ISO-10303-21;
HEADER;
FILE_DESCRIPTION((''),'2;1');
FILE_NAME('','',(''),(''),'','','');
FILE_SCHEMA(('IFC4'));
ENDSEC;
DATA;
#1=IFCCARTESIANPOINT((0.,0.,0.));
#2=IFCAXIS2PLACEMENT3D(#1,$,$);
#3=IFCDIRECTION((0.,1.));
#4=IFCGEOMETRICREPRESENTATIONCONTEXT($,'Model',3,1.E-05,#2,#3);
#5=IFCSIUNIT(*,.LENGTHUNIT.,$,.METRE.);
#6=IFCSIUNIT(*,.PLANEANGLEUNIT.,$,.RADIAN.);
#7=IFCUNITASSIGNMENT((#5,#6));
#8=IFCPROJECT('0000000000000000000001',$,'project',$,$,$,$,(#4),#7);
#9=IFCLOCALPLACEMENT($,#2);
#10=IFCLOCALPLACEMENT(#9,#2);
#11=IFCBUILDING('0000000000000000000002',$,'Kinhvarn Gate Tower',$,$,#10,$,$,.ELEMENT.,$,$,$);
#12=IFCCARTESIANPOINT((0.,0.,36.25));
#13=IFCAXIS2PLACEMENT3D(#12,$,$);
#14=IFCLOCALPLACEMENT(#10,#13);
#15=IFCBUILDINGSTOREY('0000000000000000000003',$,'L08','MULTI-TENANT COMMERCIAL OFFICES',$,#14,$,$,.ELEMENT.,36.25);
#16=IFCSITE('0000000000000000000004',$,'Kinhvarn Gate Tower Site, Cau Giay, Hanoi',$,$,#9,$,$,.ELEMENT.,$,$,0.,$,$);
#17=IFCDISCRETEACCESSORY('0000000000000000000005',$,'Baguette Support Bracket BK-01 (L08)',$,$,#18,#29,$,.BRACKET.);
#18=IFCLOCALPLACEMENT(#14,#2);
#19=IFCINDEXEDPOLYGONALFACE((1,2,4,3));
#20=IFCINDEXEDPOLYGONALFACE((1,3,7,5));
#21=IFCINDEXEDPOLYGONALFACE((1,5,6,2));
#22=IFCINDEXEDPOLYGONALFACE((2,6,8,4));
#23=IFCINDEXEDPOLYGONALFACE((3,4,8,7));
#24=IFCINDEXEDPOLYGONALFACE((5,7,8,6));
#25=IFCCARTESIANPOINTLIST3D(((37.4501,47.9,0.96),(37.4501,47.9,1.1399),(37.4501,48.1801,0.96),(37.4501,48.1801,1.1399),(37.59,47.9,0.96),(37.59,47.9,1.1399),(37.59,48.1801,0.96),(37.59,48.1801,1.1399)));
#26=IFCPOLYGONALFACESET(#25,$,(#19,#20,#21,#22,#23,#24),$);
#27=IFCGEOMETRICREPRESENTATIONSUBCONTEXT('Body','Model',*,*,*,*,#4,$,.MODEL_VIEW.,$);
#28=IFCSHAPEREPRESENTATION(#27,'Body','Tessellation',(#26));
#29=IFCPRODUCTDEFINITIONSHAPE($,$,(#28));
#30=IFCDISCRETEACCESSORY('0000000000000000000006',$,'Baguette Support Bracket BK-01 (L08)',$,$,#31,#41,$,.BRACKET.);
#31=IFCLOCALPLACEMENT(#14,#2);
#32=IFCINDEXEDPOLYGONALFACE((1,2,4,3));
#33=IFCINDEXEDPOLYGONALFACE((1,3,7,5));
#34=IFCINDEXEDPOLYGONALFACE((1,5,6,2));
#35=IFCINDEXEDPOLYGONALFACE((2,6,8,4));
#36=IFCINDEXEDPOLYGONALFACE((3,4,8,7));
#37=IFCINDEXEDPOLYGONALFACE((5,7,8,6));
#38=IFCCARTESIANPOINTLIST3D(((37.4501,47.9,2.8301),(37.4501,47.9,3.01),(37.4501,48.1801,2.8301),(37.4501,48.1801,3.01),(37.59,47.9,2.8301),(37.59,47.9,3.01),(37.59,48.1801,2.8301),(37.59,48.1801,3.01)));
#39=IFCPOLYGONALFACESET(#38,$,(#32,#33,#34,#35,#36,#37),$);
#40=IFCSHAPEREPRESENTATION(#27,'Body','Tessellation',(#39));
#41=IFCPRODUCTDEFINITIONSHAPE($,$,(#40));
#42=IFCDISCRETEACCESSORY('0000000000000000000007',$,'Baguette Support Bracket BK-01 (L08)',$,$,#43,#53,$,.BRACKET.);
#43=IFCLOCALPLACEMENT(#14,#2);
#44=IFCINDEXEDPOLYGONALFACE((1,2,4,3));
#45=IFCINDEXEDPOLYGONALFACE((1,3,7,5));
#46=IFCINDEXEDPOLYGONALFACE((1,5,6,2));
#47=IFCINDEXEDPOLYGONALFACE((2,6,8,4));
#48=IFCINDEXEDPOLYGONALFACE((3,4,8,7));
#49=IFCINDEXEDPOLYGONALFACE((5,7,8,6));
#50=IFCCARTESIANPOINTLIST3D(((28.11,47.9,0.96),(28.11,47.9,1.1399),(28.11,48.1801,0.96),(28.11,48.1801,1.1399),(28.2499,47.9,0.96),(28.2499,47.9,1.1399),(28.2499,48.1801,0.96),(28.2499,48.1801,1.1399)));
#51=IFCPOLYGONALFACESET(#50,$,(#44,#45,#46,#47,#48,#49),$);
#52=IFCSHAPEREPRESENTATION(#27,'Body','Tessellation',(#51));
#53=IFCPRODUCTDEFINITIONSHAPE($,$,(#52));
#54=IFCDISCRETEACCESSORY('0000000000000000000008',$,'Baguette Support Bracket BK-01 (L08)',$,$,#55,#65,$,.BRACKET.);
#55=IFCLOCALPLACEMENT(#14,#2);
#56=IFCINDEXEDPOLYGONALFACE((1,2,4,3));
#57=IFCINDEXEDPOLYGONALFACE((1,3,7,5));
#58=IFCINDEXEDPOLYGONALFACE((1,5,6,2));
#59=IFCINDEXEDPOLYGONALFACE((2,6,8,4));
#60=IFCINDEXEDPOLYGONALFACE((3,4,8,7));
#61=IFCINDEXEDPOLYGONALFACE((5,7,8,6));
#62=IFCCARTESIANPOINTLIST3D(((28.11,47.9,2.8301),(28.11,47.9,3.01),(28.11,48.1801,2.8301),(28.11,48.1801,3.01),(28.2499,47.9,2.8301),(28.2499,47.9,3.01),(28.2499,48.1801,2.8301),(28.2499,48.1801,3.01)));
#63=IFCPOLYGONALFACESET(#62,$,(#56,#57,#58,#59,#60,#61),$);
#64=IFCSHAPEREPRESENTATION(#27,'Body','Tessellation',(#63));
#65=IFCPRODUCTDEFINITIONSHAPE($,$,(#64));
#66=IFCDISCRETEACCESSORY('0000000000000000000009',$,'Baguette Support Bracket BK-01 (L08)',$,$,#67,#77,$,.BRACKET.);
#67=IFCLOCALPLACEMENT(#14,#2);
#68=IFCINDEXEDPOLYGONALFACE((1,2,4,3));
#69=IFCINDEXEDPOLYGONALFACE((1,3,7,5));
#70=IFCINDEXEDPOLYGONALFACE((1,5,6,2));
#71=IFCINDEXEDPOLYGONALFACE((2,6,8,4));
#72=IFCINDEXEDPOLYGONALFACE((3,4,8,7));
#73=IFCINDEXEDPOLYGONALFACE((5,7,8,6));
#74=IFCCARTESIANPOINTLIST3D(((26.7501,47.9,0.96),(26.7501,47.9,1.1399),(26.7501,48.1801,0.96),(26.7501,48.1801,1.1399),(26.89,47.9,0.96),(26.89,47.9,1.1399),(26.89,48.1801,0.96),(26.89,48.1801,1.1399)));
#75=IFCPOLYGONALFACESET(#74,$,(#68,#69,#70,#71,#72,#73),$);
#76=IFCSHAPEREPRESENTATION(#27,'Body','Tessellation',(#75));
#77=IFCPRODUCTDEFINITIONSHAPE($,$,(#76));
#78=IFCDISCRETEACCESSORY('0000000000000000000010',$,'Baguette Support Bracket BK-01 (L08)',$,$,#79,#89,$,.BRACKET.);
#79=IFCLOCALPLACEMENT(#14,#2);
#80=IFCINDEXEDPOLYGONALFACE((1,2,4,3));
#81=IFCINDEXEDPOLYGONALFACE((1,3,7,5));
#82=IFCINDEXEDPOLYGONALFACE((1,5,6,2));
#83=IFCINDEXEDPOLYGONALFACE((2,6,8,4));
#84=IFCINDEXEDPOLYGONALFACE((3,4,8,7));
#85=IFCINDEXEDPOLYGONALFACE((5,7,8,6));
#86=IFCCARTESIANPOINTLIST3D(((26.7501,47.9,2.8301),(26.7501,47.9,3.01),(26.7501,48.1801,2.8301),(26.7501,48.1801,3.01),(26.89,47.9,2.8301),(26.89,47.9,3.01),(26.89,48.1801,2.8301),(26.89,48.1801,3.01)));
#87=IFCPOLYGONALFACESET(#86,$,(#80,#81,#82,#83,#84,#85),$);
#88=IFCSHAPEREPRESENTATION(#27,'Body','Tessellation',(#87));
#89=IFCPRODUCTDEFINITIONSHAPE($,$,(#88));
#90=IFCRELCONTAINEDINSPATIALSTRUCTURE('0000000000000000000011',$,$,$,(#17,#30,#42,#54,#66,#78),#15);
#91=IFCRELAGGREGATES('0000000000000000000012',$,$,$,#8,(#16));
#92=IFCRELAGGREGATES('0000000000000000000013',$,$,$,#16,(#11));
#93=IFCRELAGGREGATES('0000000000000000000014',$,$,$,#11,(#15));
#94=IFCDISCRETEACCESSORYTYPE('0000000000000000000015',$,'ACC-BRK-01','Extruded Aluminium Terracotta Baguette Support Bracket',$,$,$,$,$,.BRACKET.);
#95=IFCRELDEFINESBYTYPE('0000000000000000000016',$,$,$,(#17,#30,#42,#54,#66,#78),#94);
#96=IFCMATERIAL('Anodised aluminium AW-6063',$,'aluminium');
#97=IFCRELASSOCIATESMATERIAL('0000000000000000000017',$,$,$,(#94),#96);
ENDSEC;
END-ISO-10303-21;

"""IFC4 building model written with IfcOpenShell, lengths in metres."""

from ifc_helpers import new_model, si_unit, direction, frame, origin, origin_2d, place, context, subcontext, project, spatial, rectangle, extrude, material, type_object, element, save


model = new_model("IFC4")

# Units and contexts
model_context = context("Model", 3, precision=1e-05, world=origin(), true_north=direction((0.0, 1.0)))
body_context = subcontext(model_context, "Body", "Model", "MODEL_VIEW")
ifc_project = project(units=[si_unit("LENGTHUNIT", "METRE"), si_unit("PLANEANGLEUNIT", "RADIAN")], contexts=[model_context])

# Site, building, storey
site_placement = place(None, origin())
site = spatial("IfcSite", under=ifc_project, at=site_placement, Name="Kinhvarn Gate Tower Site, Cau Giay, Hanoi", CompositionType="ELEMENT", RefElevation=0.0)
building_placement = place(site_placement, origin())
building = spatial("IfcBuilding", under=site, at=building_placement, Name="Kinhvarn Gate Tower", CompositionType="ELEMENT")
storey_placement = place(building_placement, frame((0.0, 0.0, 36.25)))
storey = spatial("IfcBuildingStorey", under=building, at=storey_placement, Name="L08", Description="MULTI-TENANT COMMERCIAL OFFICES", CompositionType="ELEMENT", Elevation=36.25)

# Shared definitions
ifc_material_1 = material(Name="Anodised aluminium AW-6063", Category="aluminium")

# Discrete accessories
discrete_accessory_type = type_object("IfcDiscreteAccessoryType", Name="ACC-BRK-01", Description="Extruded Aluminium Terracotta Baguette Support Bracket", PredefinedType="BRACKET", material=ifc_material_1)
for number, where, z_axis, x_axis, name in (
    (1, (37.52, 48.04, 0.96), (0.0, 0.0, 1.0), (-1.0, 0.0, 0.0), "Baguette Support Bracket BK-01 (L08)"),
    (2, (37.52, 48.04, 2.8301), (0.0, 0.0, 1.0), (-1.0, 0.0, 0.0), "Baguette Support Bracket BK-01 (L08)"),
    (3, (28.1799, 48.04, 0.96), (0.0, 0.0, 1.0), (-1.0, 0.0, 0.0), "Baguette Support Bracket BK-01 (L08)"),
    (4, (28.1799, 48.04, 2.8301), (0.0, 0.0, 1.0), (-1.0, 0.0, 0.0), "Baguette Support Bracket BK-01 (L08)"),
    (5, (26.8201, 48.04, 0.96), (0.0, 0.0, 1.0), (-1.0, 0.0, 0.0), "Baguette Support Bracket BK-01 (L08)"),
    (6, (26.8201, 48.04, 2.8301), (0.0, 0.0, 1.0), (-1.0, 0.0, 0.0), "Baguette Support Bracket BK-01 (L08)"),
):
    element("IfcDiscreteAccessory", number, at=place(storey_placement, frame(where, z_axis=z_axis, x_axis=x_axis)), inside=storey, type_object=discrete_accessory_type, Name=name, PredefinedType="BRACKET", context=body_context, shape_type="SweptSolid", body=[
        extrude(rectangle(XDim=0.1399, YDim=0.28, at=origin_2d()), origin(), (0.0, 0.0, 1.0), 0.1799),
    ])

save(model, "model.ifc")
